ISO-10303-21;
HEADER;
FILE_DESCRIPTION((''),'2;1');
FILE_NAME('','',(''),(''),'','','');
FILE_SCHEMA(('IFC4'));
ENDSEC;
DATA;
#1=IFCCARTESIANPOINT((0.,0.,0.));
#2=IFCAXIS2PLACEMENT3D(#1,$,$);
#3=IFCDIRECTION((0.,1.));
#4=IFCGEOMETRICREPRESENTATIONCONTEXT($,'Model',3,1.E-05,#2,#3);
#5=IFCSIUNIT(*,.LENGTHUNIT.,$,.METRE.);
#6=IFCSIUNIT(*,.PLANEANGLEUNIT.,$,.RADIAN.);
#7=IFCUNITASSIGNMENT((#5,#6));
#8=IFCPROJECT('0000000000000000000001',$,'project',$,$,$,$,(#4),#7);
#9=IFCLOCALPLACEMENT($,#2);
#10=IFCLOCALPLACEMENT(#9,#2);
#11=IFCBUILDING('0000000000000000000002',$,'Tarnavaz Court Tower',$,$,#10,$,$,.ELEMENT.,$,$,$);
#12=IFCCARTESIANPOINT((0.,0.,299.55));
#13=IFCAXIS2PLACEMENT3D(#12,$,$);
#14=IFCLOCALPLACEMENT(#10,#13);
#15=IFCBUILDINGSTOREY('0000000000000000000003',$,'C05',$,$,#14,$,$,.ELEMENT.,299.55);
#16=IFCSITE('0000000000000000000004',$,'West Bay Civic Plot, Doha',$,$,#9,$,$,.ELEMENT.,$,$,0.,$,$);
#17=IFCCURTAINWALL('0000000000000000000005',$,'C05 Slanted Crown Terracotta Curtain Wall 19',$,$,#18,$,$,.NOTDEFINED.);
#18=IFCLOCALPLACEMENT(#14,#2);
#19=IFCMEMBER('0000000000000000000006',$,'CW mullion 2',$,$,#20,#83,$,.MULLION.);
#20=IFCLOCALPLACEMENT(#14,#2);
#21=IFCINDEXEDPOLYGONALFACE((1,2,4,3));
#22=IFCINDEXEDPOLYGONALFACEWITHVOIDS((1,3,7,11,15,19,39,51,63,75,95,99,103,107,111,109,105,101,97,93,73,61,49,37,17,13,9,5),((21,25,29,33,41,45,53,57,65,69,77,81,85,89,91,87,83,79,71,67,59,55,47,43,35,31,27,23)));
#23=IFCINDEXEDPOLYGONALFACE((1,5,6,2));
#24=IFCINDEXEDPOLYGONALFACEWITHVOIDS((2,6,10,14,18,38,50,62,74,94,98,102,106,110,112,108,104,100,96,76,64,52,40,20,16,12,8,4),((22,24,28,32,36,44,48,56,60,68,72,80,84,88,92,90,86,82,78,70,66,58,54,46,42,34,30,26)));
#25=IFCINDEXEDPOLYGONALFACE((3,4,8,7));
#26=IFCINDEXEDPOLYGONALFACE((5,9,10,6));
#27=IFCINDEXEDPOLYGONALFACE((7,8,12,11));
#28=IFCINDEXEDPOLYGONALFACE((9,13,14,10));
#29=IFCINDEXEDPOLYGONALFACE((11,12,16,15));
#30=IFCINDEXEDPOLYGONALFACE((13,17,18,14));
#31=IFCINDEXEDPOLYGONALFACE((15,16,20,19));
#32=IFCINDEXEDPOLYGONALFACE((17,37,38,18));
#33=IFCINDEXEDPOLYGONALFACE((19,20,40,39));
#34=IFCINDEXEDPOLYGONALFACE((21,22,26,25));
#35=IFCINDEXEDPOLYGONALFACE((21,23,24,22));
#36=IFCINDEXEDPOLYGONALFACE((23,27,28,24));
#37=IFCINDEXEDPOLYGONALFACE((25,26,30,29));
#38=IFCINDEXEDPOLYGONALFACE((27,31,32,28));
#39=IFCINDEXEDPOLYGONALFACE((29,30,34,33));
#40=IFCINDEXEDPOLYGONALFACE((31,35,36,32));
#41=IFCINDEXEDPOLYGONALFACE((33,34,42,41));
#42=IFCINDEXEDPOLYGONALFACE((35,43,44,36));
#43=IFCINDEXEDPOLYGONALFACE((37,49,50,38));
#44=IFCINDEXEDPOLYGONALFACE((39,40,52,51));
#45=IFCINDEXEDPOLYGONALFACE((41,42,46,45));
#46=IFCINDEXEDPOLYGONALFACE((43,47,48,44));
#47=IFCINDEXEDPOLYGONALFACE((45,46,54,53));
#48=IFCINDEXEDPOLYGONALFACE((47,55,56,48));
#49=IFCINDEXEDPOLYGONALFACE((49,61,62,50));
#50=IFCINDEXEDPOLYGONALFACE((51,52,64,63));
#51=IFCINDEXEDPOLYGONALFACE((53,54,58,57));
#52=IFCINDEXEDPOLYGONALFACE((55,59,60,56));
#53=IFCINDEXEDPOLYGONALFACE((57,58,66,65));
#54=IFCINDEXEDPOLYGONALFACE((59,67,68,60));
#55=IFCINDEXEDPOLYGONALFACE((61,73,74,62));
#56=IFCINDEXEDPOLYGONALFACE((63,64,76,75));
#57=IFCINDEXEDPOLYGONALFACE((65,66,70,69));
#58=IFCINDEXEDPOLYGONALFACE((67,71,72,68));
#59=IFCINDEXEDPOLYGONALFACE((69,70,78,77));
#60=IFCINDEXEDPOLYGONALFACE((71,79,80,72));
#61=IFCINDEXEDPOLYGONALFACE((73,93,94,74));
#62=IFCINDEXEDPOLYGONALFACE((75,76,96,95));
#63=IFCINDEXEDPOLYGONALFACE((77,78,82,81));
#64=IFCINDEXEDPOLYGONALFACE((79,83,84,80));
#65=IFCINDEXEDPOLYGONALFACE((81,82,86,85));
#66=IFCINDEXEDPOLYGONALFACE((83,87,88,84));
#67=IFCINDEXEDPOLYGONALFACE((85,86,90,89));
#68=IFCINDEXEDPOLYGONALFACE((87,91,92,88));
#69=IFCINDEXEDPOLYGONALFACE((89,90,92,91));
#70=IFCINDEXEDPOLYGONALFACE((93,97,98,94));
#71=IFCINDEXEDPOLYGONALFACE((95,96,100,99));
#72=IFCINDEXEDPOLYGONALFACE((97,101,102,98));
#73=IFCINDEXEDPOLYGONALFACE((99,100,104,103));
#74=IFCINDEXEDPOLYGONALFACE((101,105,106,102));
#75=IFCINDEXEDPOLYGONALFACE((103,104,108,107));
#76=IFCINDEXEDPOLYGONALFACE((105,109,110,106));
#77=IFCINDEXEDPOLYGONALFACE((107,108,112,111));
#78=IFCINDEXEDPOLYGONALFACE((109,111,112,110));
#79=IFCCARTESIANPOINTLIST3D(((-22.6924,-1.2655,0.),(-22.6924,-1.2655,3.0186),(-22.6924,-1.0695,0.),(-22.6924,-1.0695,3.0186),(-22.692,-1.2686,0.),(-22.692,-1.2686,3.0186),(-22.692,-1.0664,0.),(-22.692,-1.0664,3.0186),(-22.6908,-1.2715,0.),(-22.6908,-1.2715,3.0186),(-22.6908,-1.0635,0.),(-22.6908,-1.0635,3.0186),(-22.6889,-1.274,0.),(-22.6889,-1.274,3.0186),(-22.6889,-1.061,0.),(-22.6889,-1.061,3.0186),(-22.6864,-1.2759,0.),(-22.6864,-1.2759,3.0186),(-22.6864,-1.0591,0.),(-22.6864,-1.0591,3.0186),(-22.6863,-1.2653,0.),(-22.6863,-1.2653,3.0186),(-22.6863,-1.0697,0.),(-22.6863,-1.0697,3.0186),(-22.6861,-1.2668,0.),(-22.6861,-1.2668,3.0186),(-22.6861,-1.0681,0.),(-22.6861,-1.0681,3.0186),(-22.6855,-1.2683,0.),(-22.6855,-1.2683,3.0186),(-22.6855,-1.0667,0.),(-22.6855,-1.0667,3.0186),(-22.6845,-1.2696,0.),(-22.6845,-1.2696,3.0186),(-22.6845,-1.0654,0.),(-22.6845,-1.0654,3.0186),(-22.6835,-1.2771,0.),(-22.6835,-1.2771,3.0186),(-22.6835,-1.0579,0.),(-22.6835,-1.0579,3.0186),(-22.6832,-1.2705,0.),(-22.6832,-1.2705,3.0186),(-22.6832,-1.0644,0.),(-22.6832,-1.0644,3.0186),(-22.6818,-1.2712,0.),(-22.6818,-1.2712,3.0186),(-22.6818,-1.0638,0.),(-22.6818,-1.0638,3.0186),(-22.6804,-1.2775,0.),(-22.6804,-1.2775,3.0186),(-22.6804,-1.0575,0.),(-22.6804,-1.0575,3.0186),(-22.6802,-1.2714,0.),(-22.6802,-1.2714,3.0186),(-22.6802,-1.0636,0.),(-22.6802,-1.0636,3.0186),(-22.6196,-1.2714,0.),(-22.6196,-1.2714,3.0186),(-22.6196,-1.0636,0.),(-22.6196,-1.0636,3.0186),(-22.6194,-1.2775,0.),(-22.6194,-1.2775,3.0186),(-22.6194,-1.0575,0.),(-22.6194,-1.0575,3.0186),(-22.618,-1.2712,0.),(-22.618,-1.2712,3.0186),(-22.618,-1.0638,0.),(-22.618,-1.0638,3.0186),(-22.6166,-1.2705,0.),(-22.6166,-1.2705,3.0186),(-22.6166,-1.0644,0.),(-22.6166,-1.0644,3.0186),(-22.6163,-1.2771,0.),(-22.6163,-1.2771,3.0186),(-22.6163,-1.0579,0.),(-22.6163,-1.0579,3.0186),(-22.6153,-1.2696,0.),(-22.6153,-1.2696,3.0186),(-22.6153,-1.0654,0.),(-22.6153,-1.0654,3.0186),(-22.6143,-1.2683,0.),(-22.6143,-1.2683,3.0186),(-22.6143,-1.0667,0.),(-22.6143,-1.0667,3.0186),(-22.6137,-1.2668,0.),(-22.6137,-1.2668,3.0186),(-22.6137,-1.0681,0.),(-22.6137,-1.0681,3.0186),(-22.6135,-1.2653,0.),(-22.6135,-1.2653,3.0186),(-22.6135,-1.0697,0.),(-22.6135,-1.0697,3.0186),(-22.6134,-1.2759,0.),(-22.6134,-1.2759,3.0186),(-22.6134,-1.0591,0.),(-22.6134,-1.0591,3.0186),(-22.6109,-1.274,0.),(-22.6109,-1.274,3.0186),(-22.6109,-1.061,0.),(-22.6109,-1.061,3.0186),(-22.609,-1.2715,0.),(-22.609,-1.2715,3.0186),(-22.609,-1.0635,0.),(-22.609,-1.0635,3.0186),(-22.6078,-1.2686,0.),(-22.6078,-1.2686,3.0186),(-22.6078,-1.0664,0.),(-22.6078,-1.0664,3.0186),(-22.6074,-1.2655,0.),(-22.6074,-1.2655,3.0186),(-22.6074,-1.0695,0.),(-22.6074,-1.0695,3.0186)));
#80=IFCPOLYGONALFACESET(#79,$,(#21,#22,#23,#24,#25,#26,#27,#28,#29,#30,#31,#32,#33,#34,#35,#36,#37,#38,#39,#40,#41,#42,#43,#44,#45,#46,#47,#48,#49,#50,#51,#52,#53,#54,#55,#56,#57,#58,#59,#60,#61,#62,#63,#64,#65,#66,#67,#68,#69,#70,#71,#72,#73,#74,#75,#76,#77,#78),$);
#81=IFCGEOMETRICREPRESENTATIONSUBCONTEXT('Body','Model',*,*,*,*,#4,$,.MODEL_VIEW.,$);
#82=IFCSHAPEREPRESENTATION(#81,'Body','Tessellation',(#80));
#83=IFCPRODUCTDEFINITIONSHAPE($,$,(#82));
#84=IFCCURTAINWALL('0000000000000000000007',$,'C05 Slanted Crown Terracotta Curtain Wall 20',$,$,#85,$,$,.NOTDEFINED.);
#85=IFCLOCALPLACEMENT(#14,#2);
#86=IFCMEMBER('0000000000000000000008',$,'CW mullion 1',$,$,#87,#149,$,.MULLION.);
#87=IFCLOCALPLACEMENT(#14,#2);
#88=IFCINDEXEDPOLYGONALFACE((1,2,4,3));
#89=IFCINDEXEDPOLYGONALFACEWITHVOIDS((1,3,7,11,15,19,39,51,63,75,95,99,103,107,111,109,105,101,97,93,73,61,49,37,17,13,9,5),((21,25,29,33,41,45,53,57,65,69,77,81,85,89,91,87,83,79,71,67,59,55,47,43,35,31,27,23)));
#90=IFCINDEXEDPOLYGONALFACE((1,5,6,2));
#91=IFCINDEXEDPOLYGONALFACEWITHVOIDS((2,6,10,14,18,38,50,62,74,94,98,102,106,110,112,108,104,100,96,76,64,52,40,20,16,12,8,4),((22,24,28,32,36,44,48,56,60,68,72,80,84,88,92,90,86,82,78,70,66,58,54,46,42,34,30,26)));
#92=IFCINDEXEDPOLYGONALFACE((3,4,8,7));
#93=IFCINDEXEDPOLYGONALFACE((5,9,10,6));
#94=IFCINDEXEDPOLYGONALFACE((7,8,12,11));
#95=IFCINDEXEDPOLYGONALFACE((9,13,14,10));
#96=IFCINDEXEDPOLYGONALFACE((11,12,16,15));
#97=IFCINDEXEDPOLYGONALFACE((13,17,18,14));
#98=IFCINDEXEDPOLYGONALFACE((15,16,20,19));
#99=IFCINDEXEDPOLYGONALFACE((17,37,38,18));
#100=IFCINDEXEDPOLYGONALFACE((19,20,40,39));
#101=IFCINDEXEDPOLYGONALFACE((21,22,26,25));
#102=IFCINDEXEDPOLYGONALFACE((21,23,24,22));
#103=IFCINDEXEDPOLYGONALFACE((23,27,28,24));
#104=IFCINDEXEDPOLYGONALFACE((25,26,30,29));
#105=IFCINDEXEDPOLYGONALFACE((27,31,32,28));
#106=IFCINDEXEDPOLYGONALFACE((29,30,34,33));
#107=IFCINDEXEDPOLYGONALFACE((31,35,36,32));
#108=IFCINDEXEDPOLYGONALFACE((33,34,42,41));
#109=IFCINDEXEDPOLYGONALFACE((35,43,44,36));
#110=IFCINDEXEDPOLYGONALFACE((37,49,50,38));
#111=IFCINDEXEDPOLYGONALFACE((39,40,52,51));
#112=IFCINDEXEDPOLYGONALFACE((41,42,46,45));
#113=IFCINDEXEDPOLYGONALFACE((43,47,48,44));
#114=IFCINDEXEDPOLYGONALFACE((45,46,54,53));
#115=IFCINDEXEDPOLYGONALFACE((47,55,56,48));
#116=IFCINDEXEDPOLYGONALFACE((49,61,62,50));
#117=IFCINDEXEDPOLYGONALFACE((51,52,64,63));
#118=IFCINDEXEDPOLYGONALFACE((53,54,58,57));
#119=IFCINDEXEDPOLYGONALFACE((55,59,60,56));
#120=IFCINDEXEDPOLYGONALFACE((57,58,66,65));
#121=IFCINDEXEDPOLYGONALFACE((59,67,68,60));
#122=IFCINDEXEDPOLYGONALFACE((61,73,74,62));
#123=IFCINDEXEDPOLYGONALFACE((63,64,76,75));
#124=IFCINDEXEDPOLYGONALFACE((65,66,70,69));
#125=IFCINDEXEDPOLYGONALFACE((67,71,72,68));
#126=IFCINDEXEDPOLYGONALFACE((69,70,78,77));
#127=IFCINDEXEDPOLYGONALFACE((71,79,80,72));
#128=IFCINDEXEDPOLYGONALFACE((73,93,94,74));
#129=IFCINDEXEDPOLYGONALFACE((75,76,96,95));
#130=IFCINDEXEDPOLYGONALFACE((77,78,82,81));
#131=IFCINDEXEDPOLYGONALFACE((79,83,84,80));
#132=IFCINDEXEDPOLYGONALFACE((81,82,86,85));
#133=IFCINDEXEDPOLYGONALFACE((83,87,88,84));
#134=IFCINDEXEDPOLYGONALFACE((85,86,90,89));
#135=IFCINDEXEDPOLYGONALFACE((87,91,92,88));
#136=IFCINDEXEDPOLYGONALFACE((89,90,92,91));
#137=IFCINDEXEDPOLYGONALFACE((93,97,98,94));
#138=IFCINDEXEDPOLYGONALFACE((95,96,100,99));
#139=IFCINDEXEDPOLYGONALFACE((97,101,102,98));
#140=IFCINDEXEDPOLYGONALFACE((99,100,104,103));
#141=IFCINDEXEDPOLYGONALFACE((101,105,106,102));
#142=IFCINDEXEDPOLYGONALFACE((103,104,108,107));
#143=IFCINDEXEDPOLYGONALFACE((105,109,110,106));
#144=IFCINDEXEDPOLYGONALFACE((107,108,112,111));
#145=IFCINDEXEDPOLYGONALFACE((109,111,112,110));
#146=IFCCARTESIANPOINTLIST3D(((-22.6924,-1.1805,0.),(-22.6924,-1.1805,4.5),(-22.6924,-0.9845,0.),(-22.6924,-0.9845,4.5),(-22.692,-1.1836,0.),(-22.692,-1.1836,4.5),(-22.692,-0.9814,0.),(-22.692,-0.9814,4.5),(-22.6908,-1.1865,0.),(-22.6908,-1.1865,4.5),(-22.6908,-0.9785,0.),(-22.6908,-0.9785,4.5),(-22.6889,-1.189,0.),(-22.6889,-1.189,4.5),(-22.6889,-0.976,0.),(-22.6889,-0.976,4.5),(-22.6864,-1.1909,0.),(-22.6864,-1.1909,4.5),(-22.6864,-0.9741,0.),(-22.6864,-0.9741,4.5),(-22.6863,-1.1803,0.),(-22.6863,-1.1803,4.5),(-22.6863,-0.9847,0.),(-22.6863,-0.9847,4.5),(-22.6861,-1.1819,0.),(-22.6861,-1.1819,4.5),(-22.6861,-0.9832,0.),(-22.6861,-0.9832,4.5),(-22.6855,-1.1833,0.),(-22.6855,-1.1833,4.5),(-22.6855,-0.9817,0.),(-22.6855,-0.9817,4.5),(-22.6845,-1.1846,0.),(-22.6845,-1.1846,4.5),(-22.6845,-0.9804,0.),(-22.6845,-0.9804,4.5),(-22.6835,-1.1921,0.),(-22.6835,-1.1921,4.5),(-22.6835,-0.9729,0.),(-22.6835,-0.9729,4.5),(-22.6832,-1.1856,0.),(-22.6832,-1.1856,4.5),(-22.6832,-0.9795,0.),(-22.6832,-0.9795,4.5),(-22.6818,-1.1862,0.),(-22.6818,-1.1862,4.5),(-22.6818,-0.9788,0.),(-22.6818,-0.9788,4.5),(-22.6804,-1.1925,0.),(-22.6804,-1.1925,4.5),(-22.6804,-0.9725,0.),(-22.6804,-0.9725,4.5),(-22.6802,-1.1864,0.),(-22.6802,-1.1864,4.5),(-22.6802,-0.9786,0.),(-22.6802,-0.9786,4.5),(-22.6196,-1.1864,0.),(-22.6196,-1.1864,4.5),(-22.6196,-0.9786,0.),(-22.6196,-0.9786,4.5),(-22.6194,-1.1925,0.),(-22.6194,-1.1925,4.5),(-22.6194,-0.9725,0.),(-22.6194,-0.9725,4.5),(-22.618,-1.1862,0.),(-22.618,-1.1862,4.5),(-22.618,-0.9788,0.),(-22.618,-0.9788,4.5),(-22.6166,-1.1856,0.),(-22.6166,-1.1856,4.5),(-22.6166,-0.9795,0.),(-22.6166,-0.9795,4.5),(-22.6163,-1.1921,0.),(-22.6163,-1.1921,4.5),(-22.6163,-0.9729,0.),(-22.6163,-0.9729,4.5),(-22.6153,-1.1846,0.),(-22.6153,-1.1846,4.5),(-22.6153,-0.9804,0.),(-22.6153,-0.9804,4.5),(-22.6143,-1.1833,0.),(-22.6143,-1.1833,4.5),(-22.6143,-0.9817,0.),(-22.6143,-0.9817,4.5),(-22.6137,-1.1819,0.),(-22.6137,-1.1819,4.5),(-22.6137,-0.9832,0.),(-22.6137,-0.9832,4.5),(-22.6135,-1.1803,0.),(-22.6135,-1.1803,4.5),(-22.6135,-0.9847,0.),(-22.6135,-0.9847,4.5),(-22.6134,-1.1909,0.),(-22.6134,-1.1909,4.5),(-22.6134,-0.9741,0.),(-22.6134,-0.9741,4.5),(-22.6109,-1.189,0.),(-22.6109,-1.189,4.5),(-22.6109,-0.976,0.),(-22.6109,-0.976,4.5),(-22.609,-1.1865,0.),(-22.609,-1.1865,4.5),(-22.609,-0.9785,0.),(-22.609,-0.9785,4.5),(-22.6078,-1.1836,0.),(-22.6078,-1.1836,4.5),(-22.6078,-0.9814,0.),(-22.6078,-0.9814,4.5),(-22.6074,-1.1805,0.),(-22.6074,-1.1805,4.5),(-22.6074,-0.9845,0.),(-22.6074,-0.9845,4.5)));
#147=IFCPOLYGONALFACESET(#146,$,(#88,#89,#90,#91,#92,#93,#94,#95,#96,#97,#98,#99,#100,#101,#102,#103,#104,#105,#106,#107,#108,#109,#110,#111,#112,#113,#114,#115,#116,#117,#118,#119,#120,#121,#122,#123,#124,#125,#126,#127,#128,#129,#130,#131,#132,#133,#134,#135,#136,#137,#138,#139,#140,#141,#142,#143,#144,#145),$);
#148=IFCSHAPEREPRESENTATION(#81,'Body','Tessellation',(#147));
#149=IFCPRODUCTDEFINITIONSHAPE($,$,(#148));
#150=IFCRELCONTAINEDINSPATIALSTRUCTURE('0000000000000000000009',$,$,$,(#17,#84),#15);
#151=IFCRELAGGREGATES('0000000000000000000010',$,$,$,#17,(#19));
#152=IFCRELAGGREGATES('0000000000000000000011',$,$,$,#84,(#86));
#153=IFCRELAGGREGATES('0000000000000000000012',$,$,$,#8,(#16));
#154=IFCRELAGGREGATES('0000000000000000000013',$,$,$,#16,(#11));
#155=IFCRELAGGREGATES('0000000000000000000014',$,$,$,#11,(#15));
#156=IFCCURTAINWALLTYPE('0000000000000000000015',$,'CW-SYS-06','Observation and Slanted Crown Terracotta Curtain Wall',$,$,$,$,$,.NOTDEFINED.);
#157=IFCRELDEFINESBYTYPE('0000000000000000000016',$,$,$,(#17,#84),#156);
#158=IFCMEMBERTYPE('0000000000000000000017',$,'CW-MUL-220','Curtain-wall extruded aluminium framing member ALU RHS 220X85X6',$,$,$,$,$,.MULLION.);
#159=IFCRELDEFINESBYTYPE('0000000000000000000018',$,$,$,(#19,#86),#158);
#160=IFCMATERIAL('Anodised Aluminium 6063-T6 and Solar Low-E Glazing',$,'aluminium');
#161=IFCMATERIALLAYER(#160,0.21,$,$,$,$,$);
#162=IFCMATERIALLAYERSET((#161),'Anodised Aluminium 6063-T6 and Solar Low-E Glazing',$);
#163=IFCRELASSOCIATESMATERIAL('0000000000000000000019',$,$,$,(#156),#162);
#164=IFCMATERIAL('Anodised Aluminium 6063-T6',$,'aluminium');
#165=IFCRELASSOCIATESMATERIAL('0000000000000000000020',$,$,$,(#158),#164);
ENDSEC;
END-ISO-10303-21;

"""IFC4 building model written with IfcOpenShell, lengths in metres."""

from ifc_helpers import new_model, si_unit, direction, frame, origin, origin_2d, place, context, subcontext, project, spatial, hollow_rectangle, extrude, material, layer, layer_set, material_profile, profile_set, type_object, element, aggregate, save


model = new_model("IFC4")

# Units and contexts
model_context = context("Model", 3, precision=1e-05, world=origin(), true_north=direction((0.0, 1.0)))
body_context = subcontext(model_context, "Body", "Model", "MODEL_VIEW")
ifc_project = project(units=[si_unit("LENGTHUNIT", "METRE"), si_unit("PLANEANGLEUNIT", "RADIAN")], contexts=[model_context])

# Site, building, storey
site_placement = place(None, origin())
site = spatial("IfcSite", under=ifc_project, at=site_placement, Name="West Bay Civic Plot, Doha", CompositionType="ELEMENT", RefElevation=0.0)
building_placement = place(site_placement, origin())
building = spatial("IfcBuilding", under=site, at=building_placement, Name="Tarnavaz Court Tower", CompositionType="ELEMENT")
storey_placement = place(building_placement, frame((0.0, 0.0, 299.55)))
storey = spatial("IfcBuildingStorey", under=building, at=storey_placement, Name="C05", CompositionType="ELEMENT", Elevation=299.55)

# Curtain walls, members
ifc_material_1 = material(Name="Anodised Aluminium 6063-T6 and Solar Low-E Glazing", Category="aluminium")
ifc_layer_1 = layer(ifc_material_1, 0.21)
ifc_layer_set_1 = layer_set([ifc_layer_1], Name="Anodised Aluminium 6063-T6 and Solar Low-E Glazing")
curtain_wall_type = type_object("IfcCurtainWallType", Name="CW-SYS-06", Description="Observation and Slanted Crown Terracotta Curtain Wall", PredefinedType="NOTDEFINED", material=ifc_layer_set_1)
ifc_material_2 = material(Name="Anodised Aluminium 6063-T6", Category="aluminium")
ifc_material_profile_1 = material_profile(ifc_material_2, hollow_rectangle(XDim=0.085, YDim=0.22, WallThickness=0.0061, InnerFilletRadius=0.0061, OuterFilletRadius=0.012, at=origin_2d()), Name="ALU RHS 220X85X6")
ifc_profile_set_1 = profile_set([ifc_material_profile_1], Name="Anodised Aluminium 6063-T6")
member_type_1 = type_object("IfcMemberType", Name="CW-MUL-220", Description="Curtain-wall extruded aluminium framing member ALU RHS 220X85X6", PredefinedType="MULLION", material=ifc_profile_set_1)
curtain_wall_1_placement = place(storey_placement, origin())
curtain_wall_1 = element("IfcCurtainWall", 1, at=curtain_wall_1_placement, inside=storey, type_object=curtain_wall_type, Name="C05 Slanted Crown Terracotta Curtain Wall 19", PredefinedType="NOTDEFINED")
member_1_placement = place(storey_placement, frame((-22.6499, -1.1675, 0.0), z_axis=(0.0, 0.0, 1.0), x_axis=(-1.0, 0.0, 0.0)))
member_1 = element("IfcMember", 2, at=member_1_placement, type_object=member_type_1, Name="CW mullion 2", PredefinedType="MULLION", context=body_context, shape_type="SweptSolid", body=[
    extrude(hollow_rectangle(XDim=0.085, YDim=0.22, WallThickness=0.0061, InnerFilletRadius=0.0061, OuterFilletRadius=0.012, at=origin_2d()), origin(), (0.0, 0.0, 1.0), 3.0186),
])
curtain_wall_2_placement = place(storey_placement, origin())
curtain_wall_2 = element("IfcCurtainWall", 3, at=curtain_wall_2_placement, inside=storey, type_object=curtain_wall_type, Name="C05 Slanted Crown Terracotta Curtain Wall 20", PredefinedType="NOTDEFINED")
member_2_placement = place(storey_placement, frame((-22.6499, -1.0825, 0.0), z_axis=(0.0, 0.0, 1.0), x_axis=(-1.0, 0.0, 0.0)))
member_2 = element("IfcMember", 4, at=member_2_placement, type_object=member_type_1, Name="CW mullion 1", PredefinedType="MULLION", context=body_context, shape_type="SweptSolid", body=[
    extrude(hollow_rectangle(XDim=0.085, YDim=0.22, WallThickness=0.0061, InnerFilletRadius=0.0061, OuterFilletRadius=0.012, at=origin_2d()), origin(), (0.0, 0.0, 1.0), 4.5),
])

aggregate(curtain_wall_1, [member_1])
aggregate(curtain_wall_2, [member_2])

save(model, "model.ifc")
